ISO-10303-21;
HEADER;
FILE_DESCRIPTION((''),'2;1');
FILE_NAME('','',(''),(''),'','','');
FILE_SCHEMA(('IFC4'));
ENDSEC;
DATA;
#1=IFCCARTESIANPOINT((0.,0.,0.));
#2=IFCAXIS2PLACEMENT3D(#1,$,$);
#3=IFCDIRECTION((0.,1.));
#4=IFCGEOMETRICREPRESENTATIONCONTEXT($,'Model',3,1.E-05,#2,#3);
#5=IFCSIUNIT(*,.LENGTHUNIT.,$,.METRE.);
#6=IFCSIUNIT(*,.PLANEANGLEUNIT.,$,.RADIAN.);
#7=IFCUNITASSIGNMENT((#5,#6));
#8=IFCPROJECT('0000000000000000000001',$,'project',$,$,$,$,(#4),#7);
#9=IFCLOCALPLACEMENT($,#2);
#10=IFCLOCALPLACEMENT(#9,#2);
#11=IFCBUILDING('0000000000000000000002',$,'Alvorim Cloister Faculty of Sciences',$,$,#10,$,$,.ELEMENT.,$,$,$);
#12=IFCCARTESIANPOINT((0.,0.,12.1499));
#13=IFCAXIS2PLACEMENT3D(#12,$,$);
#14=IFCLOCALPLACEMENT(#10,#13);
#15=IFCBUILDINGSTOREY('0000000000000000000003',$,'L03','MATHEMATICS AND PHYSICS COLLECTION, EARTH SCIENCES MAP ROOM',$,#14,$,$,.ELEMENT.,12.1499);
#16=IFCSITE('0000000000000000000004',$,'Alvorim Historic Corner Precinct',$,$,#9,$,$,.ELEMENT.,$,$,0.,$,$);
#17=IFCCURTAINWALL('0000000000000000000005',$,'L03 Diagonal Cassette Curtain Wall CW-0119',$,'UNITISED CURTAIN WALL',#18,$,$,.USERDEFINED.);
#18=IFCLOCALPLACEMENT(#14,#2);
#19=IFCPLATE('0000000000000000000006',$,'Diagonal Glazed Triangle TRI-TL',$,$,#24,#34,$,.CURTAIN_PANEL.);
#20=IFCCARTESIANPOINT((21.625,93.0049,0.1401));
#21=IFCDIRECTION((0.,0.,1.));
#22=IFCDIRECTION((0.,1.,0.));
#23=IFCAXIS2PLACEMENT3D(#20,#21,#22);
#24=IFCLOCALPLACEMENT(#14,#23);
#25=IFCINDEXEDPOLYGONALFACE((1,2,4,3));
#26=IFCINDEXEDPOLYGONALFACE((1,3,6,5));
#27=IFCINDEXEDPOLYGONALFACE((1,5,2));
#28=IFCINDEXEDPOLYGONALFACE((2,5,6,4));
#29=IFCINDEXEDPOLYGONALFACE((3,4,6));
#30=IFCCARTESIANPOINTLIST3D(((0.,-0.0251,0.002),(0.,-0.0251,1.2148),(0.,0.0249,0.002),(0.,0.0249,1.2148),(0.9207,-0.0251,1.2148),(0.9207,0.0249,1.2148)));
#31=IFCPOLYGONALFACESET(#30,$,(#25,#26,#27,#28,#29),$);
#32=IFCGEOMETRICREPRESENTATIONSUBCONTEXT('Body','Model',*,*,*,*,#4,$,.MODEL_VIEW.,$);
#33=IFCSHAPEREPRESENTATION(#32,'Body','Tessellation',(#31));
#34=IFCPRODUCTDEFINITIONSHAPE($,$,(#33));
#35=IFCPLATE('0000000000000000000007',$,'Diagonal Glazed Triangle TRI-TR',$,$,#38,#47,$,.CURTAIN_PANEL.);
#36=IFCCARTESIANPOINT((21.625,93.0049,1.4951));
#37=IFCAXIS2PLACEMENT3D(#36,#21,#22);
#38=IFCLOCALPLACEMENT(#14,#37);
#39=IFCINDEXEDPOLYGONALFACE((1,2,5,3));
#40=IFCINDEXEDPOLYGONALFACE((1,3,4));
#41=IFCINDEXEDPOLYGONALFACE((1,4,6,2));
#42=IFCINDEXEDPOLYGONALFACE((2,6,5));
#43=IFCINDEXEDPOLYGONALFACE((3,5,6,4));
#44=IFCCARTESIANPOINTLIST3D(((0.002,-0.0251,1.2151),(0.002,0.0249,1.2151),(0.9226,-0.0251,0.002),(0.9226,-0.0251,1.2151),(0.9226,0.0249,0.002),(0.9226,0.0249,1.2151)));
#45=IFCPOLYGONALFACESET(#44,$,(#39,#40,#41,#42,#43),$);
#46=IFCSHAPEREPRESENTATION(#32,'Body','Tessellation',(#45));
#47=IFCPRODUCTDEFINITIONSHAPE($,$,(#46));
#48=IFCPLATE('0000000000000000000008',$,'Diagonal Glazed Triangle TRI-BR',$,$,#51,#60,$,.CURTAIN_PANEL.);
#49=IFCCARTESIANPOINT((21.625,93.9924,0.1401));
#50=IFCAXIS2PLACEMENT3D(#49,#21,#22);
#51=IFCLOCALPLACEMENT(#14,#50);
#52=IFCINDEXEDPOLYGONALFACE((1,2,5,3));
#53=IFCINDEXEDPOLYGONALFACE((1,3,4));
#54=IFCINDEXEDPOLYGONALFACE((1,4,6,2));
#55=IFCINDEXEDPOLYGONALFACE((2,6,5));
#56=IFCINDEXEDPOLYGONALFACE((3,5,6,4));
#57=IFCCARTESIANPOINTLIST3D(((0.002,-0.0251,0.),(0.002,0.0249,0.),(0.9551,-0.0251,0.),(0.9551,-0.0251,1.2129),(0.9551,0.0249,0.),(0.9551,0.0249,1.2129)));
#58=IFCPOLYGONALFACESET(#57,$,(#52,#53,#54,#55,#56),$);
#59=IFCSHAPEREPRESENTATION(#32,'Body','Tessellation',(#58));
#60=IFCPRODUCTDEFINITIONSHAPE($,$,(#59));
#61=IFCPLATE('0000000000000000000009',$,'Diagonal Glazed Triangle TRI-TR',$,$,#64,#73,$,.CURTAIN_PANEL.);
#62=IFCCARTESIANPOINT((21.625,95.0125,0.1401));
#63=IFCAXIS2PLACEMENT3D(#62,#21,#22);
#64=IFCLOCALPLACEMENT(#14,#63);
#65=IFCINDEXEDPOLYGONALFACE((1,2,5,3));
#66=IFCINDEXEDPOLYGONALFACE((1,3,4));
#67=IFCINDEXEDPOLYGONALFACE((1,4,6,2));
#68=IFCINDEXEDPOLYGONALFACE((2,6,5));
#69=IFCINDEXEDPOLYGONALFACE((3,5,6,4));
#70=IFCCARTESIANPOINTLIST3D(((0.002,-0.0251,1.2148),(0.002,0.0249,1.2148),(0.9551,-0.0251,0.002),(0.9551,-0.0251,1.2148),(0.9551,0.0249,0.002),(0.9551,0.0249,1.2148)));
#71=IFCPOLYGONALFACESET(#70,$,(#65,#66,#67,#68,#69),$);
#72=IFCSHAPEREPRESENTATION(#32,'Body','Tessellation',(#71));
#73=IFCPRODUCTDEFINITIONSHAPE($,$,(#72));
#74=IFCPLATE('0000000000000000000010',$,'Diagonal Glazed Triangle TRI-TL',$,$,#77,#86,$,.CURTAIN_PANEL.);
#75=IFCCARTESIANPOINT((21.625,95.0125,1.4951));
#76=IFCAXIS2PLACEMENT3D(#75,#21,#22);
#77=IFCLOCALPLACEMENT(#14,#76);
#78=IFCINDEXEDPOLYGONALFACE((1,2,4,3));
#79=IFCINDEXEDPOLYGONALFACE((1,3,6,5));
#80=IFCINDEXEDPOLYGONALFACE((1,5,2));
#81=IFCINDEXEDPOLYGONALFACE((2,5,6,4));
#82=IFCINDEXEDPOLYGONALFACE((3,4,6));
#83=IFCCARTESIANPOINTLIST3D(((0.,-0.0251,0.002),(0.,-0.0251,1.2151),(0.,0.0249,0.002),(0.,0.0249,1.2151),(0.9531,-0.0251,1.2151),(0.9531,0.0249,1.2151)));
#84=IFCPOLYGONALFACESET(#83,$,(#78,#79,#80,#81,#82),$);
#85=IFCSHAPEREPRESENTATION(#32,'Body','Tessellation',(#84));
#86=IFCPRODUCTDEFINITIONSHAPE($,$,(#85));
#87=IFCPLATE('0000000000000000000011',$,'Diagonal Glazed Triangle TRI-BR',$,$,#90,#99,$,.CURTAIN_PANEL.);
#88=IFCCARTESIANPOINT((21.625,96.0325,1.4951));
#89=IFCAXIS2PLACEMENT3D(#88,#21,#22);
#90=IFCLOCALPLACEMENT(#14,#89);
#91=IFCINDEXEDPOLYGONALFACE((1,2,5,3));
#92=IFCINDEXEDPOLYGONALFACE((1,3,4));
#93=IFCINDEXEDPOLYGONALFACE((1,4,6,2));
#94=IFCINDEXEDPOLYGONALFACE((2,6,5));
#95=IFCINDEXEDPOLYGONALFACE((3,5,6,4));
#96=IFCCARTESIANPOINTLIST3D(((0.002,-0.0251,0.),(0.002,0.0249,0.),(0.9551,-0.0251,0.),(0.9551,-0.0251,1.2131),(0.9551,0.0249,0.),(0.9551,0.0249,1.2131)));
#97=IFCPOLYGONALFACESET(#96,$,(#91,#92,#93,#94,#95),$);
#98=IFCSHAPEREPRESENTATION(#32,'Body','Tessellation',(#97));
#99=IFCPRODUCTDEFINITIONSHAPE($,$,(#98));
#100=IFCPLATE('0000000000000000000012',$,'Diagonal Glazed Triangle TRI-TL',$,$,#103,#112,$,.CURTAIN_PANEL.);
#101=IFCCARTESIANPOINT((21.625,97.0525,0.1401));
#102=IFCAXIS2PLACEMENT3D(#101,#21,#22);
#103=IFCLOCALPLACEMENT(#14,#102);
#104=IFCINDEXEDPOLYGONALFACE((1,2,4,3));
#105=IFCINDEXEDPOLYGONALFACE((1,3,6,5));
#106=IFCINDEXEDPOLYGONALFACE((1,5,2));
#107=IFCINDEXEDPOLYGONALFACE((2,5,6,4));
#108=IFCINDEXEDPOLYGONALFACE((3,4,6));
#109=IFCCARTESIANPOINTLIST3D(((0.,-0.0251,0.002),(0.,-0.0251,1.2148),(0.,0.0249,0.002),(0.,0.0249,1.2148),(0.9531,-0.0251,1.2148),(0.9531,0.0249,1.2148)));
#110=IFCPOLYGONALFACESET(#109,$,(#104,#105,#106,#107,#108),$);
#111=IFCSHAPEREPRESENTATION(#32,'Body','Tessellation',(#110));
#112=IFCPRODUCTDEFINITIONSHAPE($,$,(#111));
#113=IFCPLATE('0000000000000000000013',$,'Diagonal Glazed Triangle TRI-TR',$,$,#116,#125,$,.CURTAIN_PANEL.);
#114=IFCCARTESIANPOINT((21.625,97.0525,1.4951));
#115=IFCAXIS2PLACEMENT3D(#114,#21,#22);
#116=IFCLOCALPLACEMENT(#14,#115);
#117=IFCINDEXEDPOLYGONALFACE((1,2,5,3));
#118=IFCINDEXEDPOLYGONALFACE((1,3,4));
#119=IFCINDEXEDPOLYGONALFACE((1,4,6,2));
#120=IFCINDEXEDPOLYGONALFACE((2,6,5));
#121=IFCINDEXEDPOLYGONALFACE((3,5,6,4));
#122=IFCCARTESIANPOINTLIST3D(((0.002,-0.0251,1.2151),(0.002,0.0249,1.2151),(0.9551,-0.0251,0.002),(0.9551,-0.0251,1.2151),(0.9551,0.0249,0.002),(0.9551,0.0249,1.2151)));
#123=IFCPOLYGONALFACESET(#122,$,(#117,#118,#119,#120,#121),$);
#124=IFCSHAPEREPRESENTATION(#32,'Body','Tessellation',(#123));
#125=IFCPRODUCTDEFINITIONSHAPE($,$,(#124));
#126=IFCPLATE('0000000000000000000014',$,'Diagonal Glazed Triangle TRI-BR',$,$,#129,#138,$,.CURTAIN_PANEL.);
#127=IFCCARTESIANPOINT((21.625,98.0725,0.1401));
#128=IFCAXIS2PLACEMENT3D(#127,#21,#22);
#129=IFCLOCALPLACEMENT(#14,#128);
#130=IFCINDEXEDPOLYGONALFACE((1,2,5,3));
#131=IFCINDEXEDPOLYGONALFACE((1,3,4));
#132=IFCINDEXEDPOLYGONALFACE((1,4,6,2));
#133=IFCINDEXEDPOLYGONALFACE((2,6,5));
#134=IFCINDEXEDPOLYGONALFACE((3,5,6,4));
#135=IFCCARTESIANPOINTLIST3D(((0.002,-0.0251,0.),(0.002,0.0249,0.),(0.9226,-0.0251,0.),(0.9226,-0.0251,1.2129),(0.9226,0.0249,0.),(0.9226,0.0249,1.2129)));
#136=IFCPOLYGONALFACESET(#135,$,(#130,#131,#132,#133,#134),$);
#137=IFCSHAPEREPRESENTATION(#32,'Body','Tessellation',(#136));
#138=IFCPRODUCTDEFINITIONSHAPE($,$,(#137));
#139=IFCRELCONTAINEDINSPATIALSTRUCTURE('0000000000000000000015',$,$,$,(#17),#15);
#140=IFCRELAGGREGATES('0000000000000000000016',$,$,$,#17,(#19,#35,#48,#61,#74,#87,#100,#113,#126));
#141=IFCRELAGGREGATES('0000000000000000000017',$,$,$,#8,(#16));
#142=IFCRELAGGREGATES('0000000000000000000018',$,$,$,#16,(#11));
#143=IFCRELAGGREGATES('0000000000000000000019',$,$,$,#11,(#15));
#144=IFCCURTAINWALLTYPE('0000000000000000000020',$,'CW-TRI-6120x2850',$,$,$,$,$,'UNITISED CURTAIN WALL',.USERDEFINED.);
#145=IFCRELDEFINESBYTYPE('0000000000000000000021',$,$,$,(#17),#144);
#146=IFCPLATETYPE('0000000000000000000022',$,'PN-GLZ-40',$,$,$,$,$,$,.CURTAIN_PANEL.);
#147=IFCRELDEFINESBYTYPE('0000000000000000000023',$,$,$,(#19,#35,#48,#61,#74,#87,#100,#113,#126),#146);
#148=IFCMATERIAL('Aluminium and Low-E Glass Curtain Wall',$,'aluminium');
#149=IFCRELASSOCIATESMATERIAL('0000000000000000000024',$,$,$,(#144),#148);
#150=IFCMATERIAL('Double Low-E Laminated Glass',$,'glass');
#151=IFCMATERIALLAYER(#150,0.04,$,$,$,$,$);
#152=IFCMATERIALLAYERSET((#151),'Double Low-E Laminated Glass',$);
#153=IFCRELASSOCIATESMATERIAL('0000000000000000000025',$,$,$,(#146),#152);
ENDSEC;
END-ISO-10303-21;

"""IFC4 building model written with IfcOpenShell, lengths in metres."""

from ifc_helpers import new_model, si_unit, direction, frame, origin, place, context, subcontext, project, spatial, polyline, outline, extrude, material, layer, layer_set, type_object, element, aggregate, save


model = new_model("IFC4")

# Units and contexts
model_context = context("Model", 3, precision=1e-05, world=origin(), true_north=direction((0.0, 1.0)))
body_context = subcontext(model_context, "Body", "Model", "MODEL_VIEW")
ifc_project = project(units=[si_unit("LENGTHUNIT", "METRE"), si_unit("PLANEANGLEUNIT", "RADIAN")], contexts=[model_context])

# Site, building, storey
site_placement = place(None, origin())
site = spatial("IfcSite", under=ifc_project, at=site_placement, Name="Alvorim Historic Corner Precinct", CompositionType="ELEMENT", RefElevation=0.0)
building_placement = place(site_placement, origin())
building = spatial("IfcBuilding", under=site, at=building_placement, Name="Alvorim Cloister Faculty of Sciences", CompositionType="ELEMENT")
storey_placement = place(building_placement, frame((0.0, 0.0, 12.1499)))
storey = spatial("IfcBuildingStorey", under=building, at=storey_placement, Name="L03", Description="MATHEMATICS AND PHYSICS COLLECTION, EARTH SCIENCES MAP ROOM", CompositionType="ELEMENT", Elevation=12.1499)

# Curtain wall, plates
ifc_material_1 = material(Name="Aluminium and Low-E Glass Curtain Wall", Category="aluminium")
curtain_wall_type = type_object("IfcCurtainWallType", Name="CW-TRI-6120x2850", ElementType="UNITISED CURTAIN WALL", PredefinedType="USERDEFINED", material=ifc_material_1)
curtain_wall_placement = place(storey_placement, origin())
curtain_wall = element("IfcCurtainWall", 1, at=curtain_wall_placement, inside=storey, type_object=curtain_wall_type, Name="L03 Diagonal Cassette Curtain Wall CW-0119", ObjectType="UNITISED CURTAIN WALL", PredefinedType="USERDEFINED")
ifc_material_2 = material(Name="Double Low-E Laminated Glass", Category="glass")
ifc_layer_1 = layer(ifc_material_2, 0.04)
ifc_layer_set_1 = layer_set([ifc_layer_1], Name="Double Low-E Laminated Glass")
plate_type = type_object("IfcPlateType", Name="PN-GLZ-40", PredefinedType="CURTAIN_PANEL", material=ifc_layer_set_1)
plate_1_placement = place(storey_placement, frame((21.625, 93.0049, 0.1401), z_axis=(0.0, 0.0, 1.0), x_axis=(0.0, 1.0, 0.0)))
plate_1 = element("IfcPlate", 2, at=plate_1_placement, type_object=plate_type, Name="Diagonal Glazed Triangle TRI-TL", PredefinedType="CURTAIN_PANEL", context=body_context, shape_type="SweptSolid", body=[
    extrude(outline(polyline([(0.9207, 1.2148), (0.0, 1.2148), (0.0, 0.002), (0.9207, 1.2148)])), frame((0.0, 0.0249, 0.0), z_axis=(0.0, -1.0, 0.0), x_axis=(1.0, 0.0, 0.0)), (0.0, 0.0, 1.0), 0.05),
])
plate_2_placement = place(storey_placement, frame((21.625, 93.0049, 1.4951), z_axis=(0.0, 0.0, 1.0), x_axis=(0.0, 1.0, 0.0)))
plate_2 = element("IfcPlate", 3, at=plate_2_placement, type_object=plate_type, Name="Diagonal Glazed Triangle TRI-TR", PredefinedType="CURTAIN_PANEL", context=body_context, shape_type="SweptSolid", body=[
    extrude(outline(polyline([(0.9226, 0.002), (0.9226, 1.2151), (0.002, 1.2151), (0.9226, 0.002)])), frame((0.0, 0.0249, 0.0), z_axis=(0.0, -1.0, 0.0), x_axis=(1.0, 0.0, 0.0)), (0.0, 0.0, 1.0), 0.05),
])
plate_3_placement = place(storey_placement, frame((21.625, 93.9924, 0.1401), z_axis=(0.0, 0.0, 1.0), x_axis=(0.0, 1.0, 0.0)))
plate_3 = element("IfcPlate", 4, at=plate_3_placement, type_object=plate_type, Name="Diagonal Glazed Triangle TRI-BR", PredefinedType="CURTAIN_PANEL", context=body_context, shape_type="SweptSolid", body=[
    extrude(outline(polyline([(0.002, 0.0), (0.9551, 0.0), (0.9551, 1.2129), (0.002, 0.0)])), frame((0.0, 0.0249, 0.0), z_axis=(0.0, -1.0, 0.0), x_axis=(1.0, 0.0, 0.0)), (0.0, 0.0, 1.0), 0.05),
])
plate_4_placement = place(storey_placement, frame((21.625, 95.0125, 0.1401), z_axis=(0.0, 0.0, 1.0), x_axis=(0.0, 1.0, 0.0)))
plate_4 = element("IfcPlate", 5, at=plate_4_placement, type_object=plate_type, Name="Diagonal Glazed Triangle TRI-TR", PredefinedType="CURTAIN_PANEL", context=body_context, shape_type="SweptSolid", body=[
    extrude(outline(polyline([(0.9551, 0.002), (0.9551, 1.2148), (0.002, 1.2148), (0.9551, 0.002)])), frame((0.0, 0.0249, 0.0), z_axis=(0.0, -1.0, 0.0), x_axis=(1.0, 0.0, 0.0)), (0.0, 0.0, 1.0), 0.05),
])
plate_5_placement = place(storey_placement, frame((21.625, 95.0125, 1.4951), z_axis=(0.0, 0.0, 1.0), x_axis=(0.0, 1.0, 0.0)))
plate_5 = element("IfcPlate", 6, at=plate_5_placement, type_object=plate_type, Name="Diagonal Glazed Triangle TRI-TL", PredefinedType="CURTAIN_PANEL", context=body_context, shape_type="SweptSolid", body=[
    extrude(outline(polyline([(0.9531, 1.2151), (0.0, 1.2151), (0.0, 0.002), (0.9531, 1.2151)])), frame((0.0, 0.0249, 0.0), z_axis=(0.0, -1.0, 0.0), x_axis=(1.0, 0.0, 0.0)), (0.0, 0.0, 1.0), 0.05),
])
plate_6_placement = place(storey_placement, frame((21.625, 96.0325, 1.4951), z_axis=(0.0, 0.0, 1.0), x_axis=(0.0, 1.0, 0.0)))
plate_6 = element("IfcPlate", 7, at=plate_6_placement, type_object=plate_type, Name="Diagonal Glazed Triangle TRI-BR", PredefinedType="CURTAIN_PANEL", context=body_context, shape_type="SweptSolid", body=[
    extrude(outline(polyline([(0.002, 0.0), (0.9551, 0.0), (0.9551, 1.2131), (0.002, 0.0)])), frame((0.0, 0.0249, 0.0), z_axis=(0.0, -1.0, 0.0), x_axis=(1.0, 0.0, 0.0)), (0.0, 0.0, 1.0), 0.05),
])
plate_7_placement = place(storey_placement, frame((21.625, 97.0525, 0.1401), z_axis=(0.0, 0.0, 1.0), x_axis=(0.0, 1.0, 0.0)))
plate_7 = element("IfcPlate", 8, at=plate_7_placement, type_object=plate_type, Name="Diagonal Glazed Triangle TRI-TL", PredefinedType="CURTAIN_PANEL", context=body_context, shape_type="SweptSolid", body=[
    extrude(outline(polyline([(0.9531, 1.2148), (0.0, 1.2148), (0.0, 0.002), (0.9531, 1.2148)])), frame((0.0, 0.0249, 0.0), z_axis=(0.0, -1.0, 0.0), x_axis=(1.0, 0.0, 0.0)), (0.0, 0.0, 1.0), 0.05),
])
plate_8_placement = place(storey_placement, frame((21.625, 97.0525, 1.4951), z_axis=(0.0, 0.0, 1.0), x_axis=(0.0, 1.0, 0.0)))
plate_8 = element("IfcPlate", 9, at=plate_8_placement, type_object=plate_type, Name="Diagonal Glazed Triangle TRI-TR", PredefinedType="CURTAIN_PANEL", context=body_context, shape_type="SweptSolid", body=[
    extrude(outline(polyline([(0.9551, 0.002), (0.9551, 1.2151), (0.002, 1.2151), (0.9551, 0.002)])), frame((0.0, 0.0249, 0.0), z_axis=(0.0, -1.0, 0.0), x_axis=(1.0, 0.0, 0.0)), (0.0, 0.0, 1.0), 0.05),
])
plate_9_placement = place(storey_placement, frame((21.625, 98.0725, 0.1401), z_axis=(0.0, 0.0, 1.0), x_axis=(0.0, 1.0, 0.0)))
plate_9 = element("IfcPlate", 10, at=plate_9_placement, type_object=plate_type, Name="Diagonal Glazed Triangle TRI-BR", PredefinedType="CURTAIN_PANEL", context=body_context, shape_type="SweptSolid", body=[
    extrude(outline(polyline([(0.002, 0.0), (0.9226, 0.0), (0.9226, 1.2129), (0.002, 0.0)])), frame((0.0, 0.0249, 0.0), z_axis=(0.0, -1.0, 0.0), x_axis=(1.0, 0.0, 0.0)), (0.0, 0.0, 1.0), 0.05),
])
aggregate(curtain_wall, [plate_1, plate_2, plate_3, plate_4, plate_5, plate_6, plate_7, plate_8, plate_9])

save(model, "model.ifc")
